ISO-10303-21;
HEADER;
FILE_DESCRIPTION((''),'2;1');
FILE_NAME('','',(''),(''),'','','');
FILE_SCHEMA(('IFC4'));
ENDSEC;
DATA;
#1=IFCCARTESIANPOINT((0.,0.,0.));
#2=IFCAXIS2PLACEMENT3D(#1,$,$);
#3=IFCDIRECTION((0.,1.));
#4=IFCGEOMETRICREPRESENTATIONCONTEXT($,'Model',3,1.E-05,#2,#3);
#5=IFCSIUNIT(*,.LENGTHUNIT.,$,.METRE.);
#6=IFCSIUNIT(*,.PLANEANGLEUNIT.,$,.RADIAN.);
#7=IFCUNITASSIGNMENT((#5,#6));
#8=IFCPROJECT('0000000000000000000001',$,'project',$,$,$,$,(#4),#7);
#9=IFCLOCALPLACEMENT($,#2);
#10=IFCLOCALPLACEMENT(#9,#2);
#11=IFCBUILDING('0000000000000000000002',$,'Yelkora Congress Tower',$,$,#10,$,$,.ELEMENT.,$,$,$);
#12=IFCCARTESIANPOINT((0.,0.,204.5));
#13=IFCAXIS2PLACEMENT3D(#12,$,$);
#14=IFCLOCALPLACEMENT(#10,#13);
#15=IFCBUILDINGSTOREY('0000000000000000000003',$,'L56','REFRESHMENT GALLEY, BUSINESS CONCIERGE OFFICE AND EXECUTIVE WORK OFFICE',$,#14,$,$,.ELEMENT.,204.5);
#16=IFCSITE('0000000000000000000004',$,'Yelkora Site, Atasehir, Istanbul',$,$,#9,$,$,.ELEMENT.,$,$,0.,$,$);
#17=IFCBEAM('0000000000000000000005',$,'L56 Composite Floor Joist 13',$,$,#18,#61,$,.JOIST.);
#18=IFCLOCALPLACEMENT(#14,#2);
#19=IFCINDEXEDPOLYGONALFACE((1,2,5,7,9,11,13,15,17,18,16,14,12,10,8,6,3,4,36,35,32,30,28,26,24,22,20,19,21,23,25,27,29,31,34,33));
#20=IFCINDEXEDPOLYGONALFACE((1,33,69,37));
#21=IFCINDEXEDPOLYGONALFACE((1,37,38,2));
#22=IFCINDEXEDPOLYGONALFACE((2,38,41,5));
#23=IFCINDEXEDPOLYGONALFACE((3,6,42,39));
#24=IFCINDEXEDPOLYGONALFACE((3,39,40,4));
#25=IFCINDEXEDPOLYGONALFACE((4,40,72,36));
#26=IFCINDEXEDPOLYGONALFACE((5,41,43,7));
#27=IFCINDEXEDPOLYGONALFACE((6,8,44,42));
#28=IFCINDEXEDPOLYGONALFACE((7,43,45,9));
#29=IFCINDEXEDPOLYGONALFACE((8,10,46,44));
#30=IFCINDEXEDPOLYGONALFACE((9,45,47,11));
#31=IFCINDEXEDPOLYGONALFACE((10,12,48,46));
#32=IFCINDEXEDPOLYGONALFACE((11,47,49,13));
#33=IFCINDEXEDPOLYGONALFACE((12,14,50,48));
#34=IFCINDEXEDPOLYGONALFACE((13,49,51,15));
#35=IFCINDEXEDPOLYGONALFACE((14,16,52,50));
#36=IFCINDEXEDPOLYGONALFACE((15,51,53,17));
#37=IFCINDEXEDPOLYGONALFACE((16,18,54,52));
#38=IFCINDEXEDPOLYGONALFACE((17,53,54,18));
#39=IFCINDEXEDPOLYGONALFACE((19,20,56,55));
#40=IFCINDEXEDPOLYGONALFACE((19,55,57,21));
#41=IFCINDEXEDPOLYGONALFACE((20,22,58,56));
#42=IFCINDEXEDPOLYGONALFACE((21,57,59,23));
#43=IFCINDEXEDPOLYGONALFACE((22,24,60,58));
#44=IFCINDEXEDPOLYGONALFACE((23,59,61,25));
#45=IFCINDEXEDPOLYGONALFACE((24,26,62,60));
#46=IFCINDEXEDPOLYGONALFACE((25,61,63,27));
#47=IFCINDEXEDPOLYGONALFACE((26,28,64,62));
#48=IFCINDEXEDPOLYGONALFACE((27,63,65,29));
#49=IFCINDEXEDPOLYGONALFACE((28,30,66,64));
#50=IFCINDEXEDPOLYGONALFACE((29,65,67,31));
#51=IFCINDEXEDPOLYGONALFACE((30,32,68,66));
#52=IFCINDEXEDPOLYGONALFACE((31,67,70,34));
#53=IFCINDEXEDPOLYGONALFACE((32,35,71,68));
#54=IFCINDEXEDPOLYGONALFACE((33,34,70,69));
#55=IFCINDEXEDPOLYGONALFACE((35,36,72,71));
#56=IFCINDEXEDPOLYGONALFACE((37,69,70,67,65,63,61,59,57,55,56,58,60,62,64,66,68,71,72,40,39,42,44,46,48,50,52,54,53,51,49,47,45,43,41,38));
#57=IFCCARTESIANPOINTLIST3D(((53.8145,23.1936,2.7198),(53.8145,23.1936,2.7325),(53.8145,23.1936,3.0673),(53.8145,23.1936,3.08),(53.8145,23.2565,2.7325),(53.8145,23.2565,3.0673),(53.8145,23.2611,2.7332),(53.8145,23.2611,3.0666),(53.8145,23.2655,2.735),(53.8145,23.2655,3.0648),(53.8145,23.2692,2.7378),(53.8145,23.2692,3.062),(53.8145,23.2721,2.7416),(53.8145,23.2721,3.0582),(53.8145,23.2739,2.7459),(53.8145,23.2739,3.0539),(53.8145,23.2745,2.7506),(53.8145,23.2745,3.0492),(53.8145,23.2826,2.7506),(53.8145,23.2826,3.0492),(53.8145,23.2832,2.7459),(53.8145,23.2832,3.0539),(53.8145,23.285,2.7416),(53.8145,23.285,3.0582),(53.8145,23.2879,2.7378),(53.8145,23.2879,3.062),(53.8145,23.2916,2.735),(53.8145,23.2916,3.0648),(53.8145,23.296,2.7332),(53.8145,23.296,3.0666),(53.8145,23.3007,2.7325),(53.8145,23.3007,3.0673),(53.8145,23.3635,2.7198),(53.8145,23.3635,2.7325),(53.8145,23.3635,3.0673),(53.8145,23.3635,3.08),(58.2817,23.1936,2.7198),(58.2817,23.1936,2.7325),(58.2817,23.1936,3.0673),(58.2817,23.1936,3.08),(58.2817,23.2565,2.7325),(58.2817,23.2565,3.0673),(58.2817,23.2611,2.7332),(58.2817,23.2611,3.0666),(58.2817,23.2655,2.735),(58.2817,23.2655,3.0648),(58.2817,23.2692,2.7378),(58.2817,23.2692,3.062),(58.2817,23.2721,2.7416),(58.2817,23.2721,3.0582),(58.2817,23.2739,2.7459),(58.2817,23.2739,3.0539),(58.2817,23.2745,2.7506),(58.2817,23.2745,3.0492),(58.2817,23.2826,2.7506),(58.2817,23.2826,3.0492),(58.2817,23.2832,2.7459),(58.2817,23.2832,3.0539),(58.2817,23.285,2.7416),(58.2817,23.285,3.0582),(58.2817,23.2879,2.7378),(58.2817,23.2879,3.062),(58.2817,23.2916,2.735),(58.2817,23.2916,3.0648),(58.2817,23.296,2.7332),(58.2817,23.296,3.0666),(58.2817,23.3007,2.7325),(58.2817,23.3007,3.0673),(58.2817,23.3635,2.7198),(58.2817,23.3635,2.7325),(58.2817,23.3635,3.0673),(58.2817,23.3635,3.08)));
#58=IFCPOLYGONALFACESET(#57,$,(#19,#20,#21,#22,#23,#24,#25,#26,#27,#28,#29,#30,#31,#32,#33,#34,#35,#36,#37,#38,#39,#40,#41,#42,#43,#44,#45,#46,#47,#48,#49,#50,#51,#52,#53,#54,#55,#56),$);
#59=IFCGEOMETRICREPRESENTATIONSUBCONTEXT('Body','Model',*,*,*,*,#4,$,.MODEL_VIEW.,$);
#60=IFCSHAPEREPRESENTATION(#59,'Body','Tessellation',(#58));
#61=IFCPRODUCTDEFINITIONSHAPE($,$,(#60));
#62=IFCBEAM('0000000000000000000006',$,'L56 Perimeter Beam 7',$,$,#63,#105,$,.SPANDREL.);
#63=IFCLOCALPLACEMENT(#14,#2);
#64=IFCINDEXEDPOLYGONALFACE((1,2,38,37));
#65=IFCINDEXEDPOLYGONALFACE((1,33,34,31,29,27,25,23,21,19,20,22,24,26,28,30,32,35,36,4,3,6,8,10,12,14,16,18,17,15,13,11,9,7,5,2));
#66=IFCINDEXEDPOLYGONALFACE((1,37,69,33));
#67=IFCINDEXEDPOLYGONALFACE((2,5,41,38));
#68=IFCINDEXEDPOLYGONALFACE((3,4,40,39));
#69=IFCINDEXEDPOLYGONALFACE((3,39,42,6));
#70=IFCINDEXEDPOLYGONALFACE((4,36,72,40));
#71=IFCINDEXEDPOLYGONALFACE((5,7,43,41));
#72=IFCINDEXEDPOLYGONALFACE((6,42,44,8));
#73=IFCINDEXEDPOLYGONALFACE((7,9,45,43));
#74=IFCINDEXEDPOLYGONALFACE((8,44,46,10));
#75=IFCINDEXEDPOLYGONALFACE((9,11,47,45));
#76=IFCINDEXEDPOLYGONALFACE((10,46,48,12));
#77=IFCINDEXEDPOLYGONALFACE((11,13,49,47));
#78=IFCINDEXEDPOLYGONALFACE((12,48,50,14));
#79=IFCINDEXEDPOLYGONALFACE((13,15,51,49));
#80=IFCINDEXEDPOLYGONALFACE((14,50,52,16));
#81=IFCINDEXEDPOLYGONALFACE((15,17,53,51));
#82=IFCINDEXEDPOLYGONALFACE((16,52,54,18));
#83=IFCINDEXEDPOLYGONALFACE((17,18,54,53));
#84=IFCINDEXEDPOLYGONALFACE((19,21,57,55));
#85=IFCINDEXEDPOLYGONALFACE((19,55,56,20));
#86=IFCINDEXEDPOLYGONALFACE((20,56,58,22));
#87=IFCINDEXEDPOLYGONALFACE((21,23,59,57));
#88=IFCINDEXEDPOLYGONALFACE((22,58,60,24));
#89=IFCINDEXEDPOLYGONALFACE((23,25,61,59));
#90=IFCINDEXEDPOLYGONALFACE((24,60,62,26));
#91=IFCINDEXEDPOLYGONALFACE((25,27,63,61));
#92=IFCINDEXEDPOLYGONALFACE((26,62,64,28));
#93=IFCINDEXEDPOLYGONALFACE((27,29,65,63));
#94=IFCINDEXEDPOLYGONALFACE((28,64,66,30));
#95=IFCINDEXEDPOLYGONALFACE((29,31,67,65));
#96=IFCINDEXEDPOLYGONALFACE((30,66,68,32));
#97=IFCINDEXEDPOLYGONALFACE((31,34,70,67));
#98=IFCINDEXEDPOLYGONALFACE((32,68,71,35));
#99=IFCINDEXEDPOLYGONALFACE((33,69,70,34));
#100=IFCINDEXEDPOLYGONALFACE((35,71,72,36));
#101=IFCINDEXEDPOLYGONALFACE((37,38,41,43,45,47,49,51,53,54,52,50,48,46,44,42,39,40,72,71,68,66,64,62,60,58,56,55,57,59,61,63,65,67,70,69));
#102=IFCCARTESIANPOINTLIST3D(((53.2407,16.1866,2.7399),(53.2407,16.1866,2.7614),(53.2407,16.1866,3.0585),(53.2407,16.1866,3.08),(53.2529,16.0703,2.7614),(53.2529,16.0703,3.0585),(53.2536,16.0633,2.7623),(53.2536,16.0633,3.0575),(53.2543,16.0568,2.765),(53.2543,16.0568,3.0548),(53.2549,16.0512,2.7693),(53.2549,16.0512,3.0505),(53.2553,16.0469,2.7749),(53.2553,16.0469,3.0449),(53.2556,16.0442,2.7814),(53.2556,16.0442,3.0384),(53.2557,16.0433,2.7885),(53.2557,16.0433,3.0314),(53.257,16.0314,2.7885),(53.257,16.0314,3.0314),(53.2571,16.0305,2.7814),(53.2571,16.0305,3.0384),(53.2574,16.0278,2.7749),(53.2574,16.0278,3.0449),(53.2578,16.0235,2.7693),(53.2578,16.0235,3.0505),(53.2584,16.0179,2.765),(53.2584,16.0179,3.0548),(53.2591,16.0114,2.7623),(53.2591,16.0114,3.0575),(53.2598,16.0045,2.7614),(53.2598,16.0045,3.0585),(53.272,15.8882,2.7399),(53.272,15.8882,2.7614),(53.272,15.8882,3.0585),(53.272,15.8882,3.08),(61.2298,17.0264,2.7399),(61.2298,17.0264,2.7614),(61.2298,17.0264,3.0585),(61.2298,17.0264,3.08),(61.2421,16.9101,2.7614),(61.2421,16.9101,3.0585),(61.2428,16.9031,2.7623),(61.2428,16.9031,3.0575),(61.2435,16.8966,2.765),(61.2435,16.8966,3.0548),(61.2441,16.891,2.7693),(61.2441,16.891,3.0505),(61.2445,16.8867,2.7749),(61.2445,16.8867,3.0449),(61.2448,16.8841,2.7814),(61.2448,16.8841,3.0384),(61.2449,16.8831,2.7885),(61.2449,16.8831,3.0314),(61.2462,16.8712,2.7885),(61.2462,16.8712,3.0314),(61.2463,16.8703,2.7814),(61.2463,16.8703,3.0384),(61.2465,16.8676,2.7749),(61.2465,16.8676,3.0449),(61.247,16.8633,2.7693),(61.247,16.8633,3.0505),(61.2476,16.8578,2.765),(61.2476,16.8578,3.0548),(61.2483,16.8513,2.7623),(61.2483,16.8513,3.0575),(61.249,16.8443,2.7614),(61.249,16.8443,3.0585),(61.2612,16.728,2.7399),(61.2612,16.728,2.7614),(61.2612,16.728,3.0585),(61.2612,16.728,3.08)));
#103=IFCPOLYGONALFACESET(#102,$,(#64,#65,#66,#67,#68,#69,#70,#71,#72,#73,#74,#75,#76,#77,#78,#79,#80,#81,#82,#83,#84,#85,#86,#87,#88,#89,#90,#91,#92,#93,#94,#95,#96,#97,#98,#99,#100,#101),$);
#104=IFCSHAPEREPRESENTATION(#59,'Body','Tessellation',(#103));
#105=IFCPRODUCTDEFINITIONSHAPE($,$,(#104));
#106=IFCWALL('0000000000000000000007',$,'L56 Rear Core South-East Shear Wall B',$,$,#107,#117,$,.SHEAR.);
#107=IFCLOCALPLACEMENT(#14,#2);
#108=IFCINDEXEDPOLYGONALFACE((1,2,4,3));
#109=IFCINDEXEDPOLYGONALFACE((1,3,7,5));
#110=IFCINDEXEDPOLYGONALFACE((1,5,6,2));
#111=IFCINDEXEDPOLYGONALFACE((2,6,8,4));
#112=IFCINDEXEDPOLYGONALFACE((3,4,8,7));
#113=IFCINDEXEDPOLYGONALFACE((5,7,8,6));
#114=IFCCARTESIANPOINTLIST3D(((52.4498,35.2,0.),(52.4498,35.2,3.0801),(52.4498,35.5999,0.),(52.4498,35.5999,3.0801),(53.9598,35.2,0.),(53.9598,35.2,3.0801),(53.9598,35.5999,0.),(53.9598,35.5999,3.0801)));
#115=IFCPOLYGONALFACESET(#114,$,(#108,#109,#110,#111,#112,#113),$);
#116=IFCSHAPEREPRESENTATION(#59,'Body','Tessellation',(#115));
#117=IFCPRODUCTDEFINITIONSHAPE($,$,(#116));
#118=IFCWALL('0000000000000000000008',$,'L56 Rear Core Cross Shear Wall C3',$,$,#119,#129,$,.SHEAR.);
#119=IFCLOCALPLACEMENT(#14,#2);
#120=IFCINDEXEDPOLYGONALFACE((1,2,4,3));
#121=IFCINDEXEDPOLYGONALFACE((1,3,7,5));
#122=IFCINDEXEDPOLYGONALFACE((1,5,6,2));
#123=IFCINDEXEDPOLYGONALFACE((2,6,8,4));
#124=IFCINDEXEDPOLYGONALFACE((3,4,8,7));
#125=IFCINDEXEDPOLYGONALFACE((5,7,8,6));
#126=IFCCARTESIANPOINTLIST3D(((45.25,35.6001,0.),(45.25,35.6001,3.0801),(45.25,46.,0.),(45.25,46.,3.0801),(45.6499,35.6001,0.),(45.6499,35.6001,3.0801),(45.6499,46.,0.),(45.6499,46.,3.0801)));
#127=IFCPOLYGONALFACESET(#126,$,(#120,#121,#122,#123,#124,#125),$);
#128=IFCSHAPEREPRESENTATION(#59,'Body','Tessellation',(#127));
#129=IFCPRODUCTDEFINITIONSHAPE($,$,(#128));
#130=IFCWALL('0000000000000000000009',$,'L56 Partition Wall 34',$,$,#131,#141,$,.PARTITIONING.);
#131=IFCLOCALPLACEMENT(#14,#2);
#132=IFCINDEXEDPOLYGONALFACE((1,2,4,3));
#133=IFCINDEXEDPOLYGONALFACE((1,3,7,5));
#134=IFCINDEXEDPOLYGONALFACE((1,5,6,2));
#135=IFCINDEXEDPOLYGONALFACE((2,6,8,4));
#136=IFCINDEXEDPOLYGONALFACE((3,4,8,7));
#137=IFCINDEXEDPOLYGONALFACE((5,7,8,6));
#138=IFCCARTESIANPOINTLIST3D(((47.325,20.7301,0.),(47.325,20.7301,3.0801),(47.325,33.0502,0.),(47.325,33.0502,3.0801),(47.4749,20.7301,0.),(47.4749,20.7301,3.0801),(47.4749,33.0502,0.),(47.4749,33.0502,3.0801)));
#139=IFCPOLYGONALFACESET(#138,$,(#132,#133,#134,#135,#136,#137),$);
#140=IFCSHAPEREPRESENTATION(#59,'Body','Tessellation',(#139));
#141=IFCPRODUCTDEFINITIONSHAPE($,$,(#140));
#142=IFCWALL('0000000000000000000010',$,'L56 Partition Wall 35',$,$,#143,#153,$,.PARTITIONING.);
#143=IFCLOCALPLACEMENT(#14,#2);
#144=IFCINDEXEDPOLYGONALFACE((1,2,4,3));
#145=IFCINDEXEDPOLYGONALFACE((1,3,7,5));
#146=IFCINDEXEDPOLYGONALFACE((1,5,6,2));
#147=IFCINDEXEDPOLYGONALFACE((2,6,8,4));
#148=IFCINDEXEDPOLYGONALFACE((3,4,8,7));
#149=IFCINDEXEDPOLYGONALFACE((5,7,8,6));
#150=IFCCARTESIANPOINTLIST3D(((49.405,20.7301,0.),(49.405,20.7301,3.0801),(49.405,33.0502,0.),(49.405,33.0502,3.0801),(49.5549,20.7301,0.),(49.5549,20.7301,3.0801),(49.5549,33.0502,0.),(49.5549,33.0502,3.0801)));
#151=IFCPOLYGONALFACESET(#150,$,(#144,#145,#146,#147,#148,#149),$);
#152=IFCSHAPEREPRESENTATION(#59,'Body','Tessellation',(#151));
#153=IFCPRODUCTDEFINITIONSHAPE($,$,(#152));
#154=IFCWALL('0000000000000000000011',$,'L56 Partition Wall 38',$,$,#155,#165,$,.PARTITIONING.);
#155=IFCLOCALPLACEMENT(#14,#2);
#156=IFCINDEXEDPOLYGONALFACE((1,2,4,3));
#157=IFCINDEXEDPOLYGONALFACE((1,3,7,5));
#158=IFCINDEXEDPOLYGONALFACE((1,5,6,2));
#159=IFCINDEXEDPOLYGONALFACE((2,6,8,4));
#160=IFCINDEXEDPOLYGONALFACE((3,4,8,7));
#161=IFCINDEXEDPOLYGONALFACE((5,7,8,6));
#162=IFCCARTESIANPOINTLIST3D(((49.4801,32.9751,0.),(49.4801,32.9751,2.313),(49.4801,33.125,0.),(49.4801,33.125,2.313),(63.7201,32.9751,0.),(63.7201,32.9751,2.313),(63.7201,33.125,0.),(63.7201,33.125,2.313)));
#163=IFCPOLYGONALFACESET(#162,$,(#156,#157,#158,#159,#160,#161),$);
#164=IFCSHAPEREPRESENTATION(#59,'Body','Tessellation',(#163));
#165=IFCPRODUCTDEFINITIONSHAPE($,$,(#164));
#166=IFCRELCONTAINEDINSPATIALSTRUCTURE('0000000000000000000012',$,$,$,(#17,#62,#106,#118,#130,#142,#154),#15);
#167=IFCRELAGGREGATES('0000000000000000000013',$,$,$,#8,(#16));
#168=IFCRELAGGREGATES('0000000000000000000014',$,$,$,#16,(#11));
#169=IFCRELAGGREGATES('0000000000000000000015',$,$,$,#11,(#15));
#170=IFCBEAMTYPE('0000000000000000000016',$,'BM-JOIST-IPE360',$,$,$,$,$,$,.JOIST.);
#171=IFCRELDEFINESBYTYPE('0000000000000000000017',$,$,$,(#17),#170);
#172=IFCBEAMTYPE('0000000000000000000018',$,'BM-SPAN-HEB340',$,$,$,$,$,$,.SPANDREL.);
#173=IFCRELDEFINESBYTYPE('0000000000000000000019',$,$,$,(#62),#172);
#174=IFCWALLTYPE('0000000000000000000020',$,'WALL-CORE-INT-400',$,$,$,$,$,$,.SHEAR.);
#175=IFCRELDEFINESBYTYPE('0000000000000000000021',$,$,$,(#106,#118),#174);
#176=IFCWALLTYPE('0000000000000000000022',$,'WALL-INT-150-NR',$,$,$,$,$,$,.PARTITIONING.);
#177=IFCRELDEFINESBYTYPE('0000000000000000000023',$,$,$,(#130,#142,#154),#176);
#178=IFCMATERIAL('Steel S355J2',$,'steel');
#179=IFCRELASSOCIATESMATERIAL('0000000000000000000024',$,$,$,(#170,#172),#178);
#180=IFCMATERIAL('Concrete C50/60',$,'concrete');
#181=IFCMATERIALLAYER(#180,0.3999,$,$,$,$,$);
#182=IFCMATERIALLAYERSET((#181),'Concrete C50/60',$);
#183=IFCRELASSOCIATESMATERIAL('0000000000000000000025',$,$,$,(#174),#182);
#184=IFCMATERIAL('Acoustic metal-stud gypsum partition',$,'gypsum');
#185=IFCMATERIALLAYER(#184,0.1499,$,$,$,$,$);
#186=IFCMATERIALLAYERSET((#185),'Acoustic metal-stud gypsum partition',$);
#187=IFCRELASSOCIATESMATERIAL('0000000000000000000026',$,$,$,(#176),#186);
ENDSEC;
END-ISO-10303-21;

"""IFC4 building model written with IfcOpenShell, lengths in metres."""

from ifc_helpers import new_model, si_unit, direction, frame, frame_2d, origin, origin_2d, place, context, subcontext, project, spatial, rectangle, i_section, extrude, material, layer, layer_set, material_profile, profile_set, type_object, element, save


model = new_model("IFC4")

# Units and contexts
model_context = context("Model", 3, precision=1e-05, world=origin(), true_north=direction((0.0, 1.0)))
body_context = subcontext(model_context, "Body", "Model", "MODEL_VIEW")
ifc_project = project(units=[si_unit("LENGTHUNIT", "METRE"), si_unit("PLANEANGLEUNIT", "RADIAN")], contexts=[model_context])

# Site, building, storey
site_placement = place(None, origin())
site = spatial("IfcSite", under=ifc_project, at=site_placement, Name="Yelkora Site, Atasehir, Istanbul", CompositionType="ELEMENT", RefElevation=0.0)
building_placement = place(site_placement, origin())
building = spatial("IfcBuilding", under=site, at=building_placement, Name="Yelkora Congress Tower", CompositionType="ELEMENT")
storey_placement = place(building_placement, frame((0.0, 0.0, 204.5)))
storey = spatial("IfcBuildingStorey", under=building, at=storey_placement, Name="L56", Description="REFRESHMENT GALLEY, BUSINESS CONCIERGE OFFICE AND EXECUTIVE WORK OFFICE", CompositionType="ELEMENT", Elevation=204.5)

# Beams
ifc_material_1 = material(Name="Steel S355J2", Category="steel")
ifc_material_profile_1 = material_profile(ifc_material_1, i_section(OverallWidth=0.1699, OverallDepth=0.3601, WebThickness=0.0081, FlangeThickness=0.0127, FilletRadius=0.0181, at=origin_2d()), Name="IPE 360")
ifc_profile_set_1 = profile_set([ifc_material_profile_1], Name="Steel S355J2")
beam_type_1 = type_object("IfcBeamType", Name="BM-JOIST-IPE360", PredefinedType="JOIST", material=ifc_profile_set_1)
beam_1_placement = place(storey_placement, frame((53.8145, 23.2786, 2.8999), z_axis=(1.0, 0.0, 0.0), x_axis=(0.0, 1.0, 0.0)))
element("IfcBeam", 1, at=beam_1_placement, inside=storey, type_object=beam_type_1, Name="L56 Composite Floor Joist 13", PredefinedType="JOIST", context=body_context, shape_type="SweptSolid", body=[
    extrude(i_section(OverallWidth=0.1699, OverallDepth=0.3601, WebThickness=0.0081, FlangeThickness=0.0127, FilletRadius=0.0181, at=origin_2d()), origin(), (0.0, 0.0, 1.0), 4.4673),
])
ifc_material_profile_2 = material_profile(ifc_material_1, i_section(OverallWidth=0.3, OverallDepth=0.3401, WebThickness=0.012, FlangeThickness=0.0215, FilletRadius=0.0271, at=origin_2d()), Name="HEB 340")
ifc_profile_set_2 = profile_set([ifc_material_profile_2], Name="Steel S355J2")
beam_type_2 = type_object("IfcBeamType", Name="BM-SPAN-HEB340", PredefinedType="SPANDREL", material=ifc_profile_set_2)
beam_2_placement = place(storey_placement, frame((53.2563, 16.0374, 2.9099), z_axis=(0.99452, 0.104546, 0.0), x_axis=(-0.104546, 0.99452, 0.0)))
element("IfcBeam", 2, at=beam_2_placement, inside=storey, type_object=beam_type_2, Name="L56 Perimeter Beam 7", PredefinedType="SPANDREL", context=body_context, shape_type="SweptSolid", body=[
    extrude(i_section(OverallWidth=0.3, OverallDepth=0.3401, WebThickness=0.012, FlangeThickness=0.0215, FilletRadius=0.0271, at=origin_2d()), origin(), (0.0, 0.0, 1.0), 8.0332),
])

# Shared definitions
ifc_material_2 = material(Name="Concrete C50/60", Category="concrete")
ifc_layer_1 = layer(ifc_material_2, 0.3999)
ifc_layer_set_1 = layer_set([ifc_layer_1], Name="Concrete C50/60")
wall_type_1 = type_object("IfcWallType", Name="WALL-CORE-INT-400", PredefinedType="SHEAR", material=ifc_layer_set_1)

# Walls
wall_1_placement = place(storey_placement, frame((52.45, 35.3999, 0.0), z_axis=(0.0, 0.0, 1.0), x_axis=(1.0, 0.0, 0.0)))
element("IfcWall", 3, at=wall_1_placement, inside=storey, type_object=wall_type_1, Name="L56 Rear Core South-East Shear Wall B", PredefinedType="SHEAR", context=body_context, shape_type="SweptSolid", body=[
    extrude(rectangle(XDim=1.51, YDim=0.3999, at=frame_2d((0.7549, 0.0))), origin(), (0.0, 0.0, 1.0), 3.0801),
])
wall_2_placement = place(storey_placement, frame((45.45, 35.6001, 0.0), z_axis=(0.0, 0.0, 1.0), x_axis=(0.0, 1.0, 0.0)))
element("IfcWall", 4, at=wall_2_placement, inside=storey, type_object=wall_type_1, Name="L56 Rear Core Cross Shear Wall C3", PredefinedType="SHEAR", context=body_context, shape_type="SweptSolid", body=[
    extrude(rectangle(XDim=10.3999, YDim=0.3999, at=frame_2d((5.2, 0.0))), origin(), (0.0, 0.0, 1.0), 3.0801),
])
ifc_material_3 = material(Name="Acoustic metal-stud gypsum partition", Category="gypsum")
ifc_layer_2 = layer(ifc_material_3, 0.1499)
ifc_layer_set_2 = layer_set([ifc_layer_2], Name="Acoustic metal-stud gypsum partition")
wall_type_2 = type_object("IfcWallType", Name="WALL-INT-150-NR", PredefinedType="PARTITIONING", material=ifc_layer_set_2)
for number, where, z_axis, x_axis, name in (
    (5, (47.3999, 20.73, 0.0), (0.0, 0.0, 1.0), (0.0, 1.0, 0.0), "L56 Partition Wall 34"),
    (6, (49.48, 20.73, 0.0), (0.0, 0.0, 1.0), (0.0, 1.0, 0.0), "L56 Partition Wall 35"),
):
    element("IfcWall", number, at=place(storey_placement, frame(where, z_axis=z_axis, x_axis=x_axis)), inside=storey, type_object=wall_type_2, Name=name, PredefinedType="PARTITIONING", context=body_context, shape_type="SweptSolid", body=[
        extrude(rectangle(XDim=12.3201, YDim=0.1499, at=frame_2d((6.1602, 0.0))), origin(), (0.0, 0.0, 1.0), 3.0801),
    ])
wall_3_placement = place(storey_placement, frame((49.48, 33.05, 0.0), z_axis=(0.0, 0.0, 1.0), x_axis=(1.0, 0.0, 0.0)))
element("IfcWall", 7, at=wall_3_placement, inside=storey, type_object=wall_type_2, Name="L56 Partition Wall 38", PredefinedType="PARTITIONING", context=body_context, shape_type="SweptSolid", body=[
    extrude(rectangle(XDim=14.24, YDim=0.1499, at=frame_2d((7.1201, 0.0))), origin(), (0.0, 0.0, 1.0), 2.313),
])

save(model, "model.ifc")
